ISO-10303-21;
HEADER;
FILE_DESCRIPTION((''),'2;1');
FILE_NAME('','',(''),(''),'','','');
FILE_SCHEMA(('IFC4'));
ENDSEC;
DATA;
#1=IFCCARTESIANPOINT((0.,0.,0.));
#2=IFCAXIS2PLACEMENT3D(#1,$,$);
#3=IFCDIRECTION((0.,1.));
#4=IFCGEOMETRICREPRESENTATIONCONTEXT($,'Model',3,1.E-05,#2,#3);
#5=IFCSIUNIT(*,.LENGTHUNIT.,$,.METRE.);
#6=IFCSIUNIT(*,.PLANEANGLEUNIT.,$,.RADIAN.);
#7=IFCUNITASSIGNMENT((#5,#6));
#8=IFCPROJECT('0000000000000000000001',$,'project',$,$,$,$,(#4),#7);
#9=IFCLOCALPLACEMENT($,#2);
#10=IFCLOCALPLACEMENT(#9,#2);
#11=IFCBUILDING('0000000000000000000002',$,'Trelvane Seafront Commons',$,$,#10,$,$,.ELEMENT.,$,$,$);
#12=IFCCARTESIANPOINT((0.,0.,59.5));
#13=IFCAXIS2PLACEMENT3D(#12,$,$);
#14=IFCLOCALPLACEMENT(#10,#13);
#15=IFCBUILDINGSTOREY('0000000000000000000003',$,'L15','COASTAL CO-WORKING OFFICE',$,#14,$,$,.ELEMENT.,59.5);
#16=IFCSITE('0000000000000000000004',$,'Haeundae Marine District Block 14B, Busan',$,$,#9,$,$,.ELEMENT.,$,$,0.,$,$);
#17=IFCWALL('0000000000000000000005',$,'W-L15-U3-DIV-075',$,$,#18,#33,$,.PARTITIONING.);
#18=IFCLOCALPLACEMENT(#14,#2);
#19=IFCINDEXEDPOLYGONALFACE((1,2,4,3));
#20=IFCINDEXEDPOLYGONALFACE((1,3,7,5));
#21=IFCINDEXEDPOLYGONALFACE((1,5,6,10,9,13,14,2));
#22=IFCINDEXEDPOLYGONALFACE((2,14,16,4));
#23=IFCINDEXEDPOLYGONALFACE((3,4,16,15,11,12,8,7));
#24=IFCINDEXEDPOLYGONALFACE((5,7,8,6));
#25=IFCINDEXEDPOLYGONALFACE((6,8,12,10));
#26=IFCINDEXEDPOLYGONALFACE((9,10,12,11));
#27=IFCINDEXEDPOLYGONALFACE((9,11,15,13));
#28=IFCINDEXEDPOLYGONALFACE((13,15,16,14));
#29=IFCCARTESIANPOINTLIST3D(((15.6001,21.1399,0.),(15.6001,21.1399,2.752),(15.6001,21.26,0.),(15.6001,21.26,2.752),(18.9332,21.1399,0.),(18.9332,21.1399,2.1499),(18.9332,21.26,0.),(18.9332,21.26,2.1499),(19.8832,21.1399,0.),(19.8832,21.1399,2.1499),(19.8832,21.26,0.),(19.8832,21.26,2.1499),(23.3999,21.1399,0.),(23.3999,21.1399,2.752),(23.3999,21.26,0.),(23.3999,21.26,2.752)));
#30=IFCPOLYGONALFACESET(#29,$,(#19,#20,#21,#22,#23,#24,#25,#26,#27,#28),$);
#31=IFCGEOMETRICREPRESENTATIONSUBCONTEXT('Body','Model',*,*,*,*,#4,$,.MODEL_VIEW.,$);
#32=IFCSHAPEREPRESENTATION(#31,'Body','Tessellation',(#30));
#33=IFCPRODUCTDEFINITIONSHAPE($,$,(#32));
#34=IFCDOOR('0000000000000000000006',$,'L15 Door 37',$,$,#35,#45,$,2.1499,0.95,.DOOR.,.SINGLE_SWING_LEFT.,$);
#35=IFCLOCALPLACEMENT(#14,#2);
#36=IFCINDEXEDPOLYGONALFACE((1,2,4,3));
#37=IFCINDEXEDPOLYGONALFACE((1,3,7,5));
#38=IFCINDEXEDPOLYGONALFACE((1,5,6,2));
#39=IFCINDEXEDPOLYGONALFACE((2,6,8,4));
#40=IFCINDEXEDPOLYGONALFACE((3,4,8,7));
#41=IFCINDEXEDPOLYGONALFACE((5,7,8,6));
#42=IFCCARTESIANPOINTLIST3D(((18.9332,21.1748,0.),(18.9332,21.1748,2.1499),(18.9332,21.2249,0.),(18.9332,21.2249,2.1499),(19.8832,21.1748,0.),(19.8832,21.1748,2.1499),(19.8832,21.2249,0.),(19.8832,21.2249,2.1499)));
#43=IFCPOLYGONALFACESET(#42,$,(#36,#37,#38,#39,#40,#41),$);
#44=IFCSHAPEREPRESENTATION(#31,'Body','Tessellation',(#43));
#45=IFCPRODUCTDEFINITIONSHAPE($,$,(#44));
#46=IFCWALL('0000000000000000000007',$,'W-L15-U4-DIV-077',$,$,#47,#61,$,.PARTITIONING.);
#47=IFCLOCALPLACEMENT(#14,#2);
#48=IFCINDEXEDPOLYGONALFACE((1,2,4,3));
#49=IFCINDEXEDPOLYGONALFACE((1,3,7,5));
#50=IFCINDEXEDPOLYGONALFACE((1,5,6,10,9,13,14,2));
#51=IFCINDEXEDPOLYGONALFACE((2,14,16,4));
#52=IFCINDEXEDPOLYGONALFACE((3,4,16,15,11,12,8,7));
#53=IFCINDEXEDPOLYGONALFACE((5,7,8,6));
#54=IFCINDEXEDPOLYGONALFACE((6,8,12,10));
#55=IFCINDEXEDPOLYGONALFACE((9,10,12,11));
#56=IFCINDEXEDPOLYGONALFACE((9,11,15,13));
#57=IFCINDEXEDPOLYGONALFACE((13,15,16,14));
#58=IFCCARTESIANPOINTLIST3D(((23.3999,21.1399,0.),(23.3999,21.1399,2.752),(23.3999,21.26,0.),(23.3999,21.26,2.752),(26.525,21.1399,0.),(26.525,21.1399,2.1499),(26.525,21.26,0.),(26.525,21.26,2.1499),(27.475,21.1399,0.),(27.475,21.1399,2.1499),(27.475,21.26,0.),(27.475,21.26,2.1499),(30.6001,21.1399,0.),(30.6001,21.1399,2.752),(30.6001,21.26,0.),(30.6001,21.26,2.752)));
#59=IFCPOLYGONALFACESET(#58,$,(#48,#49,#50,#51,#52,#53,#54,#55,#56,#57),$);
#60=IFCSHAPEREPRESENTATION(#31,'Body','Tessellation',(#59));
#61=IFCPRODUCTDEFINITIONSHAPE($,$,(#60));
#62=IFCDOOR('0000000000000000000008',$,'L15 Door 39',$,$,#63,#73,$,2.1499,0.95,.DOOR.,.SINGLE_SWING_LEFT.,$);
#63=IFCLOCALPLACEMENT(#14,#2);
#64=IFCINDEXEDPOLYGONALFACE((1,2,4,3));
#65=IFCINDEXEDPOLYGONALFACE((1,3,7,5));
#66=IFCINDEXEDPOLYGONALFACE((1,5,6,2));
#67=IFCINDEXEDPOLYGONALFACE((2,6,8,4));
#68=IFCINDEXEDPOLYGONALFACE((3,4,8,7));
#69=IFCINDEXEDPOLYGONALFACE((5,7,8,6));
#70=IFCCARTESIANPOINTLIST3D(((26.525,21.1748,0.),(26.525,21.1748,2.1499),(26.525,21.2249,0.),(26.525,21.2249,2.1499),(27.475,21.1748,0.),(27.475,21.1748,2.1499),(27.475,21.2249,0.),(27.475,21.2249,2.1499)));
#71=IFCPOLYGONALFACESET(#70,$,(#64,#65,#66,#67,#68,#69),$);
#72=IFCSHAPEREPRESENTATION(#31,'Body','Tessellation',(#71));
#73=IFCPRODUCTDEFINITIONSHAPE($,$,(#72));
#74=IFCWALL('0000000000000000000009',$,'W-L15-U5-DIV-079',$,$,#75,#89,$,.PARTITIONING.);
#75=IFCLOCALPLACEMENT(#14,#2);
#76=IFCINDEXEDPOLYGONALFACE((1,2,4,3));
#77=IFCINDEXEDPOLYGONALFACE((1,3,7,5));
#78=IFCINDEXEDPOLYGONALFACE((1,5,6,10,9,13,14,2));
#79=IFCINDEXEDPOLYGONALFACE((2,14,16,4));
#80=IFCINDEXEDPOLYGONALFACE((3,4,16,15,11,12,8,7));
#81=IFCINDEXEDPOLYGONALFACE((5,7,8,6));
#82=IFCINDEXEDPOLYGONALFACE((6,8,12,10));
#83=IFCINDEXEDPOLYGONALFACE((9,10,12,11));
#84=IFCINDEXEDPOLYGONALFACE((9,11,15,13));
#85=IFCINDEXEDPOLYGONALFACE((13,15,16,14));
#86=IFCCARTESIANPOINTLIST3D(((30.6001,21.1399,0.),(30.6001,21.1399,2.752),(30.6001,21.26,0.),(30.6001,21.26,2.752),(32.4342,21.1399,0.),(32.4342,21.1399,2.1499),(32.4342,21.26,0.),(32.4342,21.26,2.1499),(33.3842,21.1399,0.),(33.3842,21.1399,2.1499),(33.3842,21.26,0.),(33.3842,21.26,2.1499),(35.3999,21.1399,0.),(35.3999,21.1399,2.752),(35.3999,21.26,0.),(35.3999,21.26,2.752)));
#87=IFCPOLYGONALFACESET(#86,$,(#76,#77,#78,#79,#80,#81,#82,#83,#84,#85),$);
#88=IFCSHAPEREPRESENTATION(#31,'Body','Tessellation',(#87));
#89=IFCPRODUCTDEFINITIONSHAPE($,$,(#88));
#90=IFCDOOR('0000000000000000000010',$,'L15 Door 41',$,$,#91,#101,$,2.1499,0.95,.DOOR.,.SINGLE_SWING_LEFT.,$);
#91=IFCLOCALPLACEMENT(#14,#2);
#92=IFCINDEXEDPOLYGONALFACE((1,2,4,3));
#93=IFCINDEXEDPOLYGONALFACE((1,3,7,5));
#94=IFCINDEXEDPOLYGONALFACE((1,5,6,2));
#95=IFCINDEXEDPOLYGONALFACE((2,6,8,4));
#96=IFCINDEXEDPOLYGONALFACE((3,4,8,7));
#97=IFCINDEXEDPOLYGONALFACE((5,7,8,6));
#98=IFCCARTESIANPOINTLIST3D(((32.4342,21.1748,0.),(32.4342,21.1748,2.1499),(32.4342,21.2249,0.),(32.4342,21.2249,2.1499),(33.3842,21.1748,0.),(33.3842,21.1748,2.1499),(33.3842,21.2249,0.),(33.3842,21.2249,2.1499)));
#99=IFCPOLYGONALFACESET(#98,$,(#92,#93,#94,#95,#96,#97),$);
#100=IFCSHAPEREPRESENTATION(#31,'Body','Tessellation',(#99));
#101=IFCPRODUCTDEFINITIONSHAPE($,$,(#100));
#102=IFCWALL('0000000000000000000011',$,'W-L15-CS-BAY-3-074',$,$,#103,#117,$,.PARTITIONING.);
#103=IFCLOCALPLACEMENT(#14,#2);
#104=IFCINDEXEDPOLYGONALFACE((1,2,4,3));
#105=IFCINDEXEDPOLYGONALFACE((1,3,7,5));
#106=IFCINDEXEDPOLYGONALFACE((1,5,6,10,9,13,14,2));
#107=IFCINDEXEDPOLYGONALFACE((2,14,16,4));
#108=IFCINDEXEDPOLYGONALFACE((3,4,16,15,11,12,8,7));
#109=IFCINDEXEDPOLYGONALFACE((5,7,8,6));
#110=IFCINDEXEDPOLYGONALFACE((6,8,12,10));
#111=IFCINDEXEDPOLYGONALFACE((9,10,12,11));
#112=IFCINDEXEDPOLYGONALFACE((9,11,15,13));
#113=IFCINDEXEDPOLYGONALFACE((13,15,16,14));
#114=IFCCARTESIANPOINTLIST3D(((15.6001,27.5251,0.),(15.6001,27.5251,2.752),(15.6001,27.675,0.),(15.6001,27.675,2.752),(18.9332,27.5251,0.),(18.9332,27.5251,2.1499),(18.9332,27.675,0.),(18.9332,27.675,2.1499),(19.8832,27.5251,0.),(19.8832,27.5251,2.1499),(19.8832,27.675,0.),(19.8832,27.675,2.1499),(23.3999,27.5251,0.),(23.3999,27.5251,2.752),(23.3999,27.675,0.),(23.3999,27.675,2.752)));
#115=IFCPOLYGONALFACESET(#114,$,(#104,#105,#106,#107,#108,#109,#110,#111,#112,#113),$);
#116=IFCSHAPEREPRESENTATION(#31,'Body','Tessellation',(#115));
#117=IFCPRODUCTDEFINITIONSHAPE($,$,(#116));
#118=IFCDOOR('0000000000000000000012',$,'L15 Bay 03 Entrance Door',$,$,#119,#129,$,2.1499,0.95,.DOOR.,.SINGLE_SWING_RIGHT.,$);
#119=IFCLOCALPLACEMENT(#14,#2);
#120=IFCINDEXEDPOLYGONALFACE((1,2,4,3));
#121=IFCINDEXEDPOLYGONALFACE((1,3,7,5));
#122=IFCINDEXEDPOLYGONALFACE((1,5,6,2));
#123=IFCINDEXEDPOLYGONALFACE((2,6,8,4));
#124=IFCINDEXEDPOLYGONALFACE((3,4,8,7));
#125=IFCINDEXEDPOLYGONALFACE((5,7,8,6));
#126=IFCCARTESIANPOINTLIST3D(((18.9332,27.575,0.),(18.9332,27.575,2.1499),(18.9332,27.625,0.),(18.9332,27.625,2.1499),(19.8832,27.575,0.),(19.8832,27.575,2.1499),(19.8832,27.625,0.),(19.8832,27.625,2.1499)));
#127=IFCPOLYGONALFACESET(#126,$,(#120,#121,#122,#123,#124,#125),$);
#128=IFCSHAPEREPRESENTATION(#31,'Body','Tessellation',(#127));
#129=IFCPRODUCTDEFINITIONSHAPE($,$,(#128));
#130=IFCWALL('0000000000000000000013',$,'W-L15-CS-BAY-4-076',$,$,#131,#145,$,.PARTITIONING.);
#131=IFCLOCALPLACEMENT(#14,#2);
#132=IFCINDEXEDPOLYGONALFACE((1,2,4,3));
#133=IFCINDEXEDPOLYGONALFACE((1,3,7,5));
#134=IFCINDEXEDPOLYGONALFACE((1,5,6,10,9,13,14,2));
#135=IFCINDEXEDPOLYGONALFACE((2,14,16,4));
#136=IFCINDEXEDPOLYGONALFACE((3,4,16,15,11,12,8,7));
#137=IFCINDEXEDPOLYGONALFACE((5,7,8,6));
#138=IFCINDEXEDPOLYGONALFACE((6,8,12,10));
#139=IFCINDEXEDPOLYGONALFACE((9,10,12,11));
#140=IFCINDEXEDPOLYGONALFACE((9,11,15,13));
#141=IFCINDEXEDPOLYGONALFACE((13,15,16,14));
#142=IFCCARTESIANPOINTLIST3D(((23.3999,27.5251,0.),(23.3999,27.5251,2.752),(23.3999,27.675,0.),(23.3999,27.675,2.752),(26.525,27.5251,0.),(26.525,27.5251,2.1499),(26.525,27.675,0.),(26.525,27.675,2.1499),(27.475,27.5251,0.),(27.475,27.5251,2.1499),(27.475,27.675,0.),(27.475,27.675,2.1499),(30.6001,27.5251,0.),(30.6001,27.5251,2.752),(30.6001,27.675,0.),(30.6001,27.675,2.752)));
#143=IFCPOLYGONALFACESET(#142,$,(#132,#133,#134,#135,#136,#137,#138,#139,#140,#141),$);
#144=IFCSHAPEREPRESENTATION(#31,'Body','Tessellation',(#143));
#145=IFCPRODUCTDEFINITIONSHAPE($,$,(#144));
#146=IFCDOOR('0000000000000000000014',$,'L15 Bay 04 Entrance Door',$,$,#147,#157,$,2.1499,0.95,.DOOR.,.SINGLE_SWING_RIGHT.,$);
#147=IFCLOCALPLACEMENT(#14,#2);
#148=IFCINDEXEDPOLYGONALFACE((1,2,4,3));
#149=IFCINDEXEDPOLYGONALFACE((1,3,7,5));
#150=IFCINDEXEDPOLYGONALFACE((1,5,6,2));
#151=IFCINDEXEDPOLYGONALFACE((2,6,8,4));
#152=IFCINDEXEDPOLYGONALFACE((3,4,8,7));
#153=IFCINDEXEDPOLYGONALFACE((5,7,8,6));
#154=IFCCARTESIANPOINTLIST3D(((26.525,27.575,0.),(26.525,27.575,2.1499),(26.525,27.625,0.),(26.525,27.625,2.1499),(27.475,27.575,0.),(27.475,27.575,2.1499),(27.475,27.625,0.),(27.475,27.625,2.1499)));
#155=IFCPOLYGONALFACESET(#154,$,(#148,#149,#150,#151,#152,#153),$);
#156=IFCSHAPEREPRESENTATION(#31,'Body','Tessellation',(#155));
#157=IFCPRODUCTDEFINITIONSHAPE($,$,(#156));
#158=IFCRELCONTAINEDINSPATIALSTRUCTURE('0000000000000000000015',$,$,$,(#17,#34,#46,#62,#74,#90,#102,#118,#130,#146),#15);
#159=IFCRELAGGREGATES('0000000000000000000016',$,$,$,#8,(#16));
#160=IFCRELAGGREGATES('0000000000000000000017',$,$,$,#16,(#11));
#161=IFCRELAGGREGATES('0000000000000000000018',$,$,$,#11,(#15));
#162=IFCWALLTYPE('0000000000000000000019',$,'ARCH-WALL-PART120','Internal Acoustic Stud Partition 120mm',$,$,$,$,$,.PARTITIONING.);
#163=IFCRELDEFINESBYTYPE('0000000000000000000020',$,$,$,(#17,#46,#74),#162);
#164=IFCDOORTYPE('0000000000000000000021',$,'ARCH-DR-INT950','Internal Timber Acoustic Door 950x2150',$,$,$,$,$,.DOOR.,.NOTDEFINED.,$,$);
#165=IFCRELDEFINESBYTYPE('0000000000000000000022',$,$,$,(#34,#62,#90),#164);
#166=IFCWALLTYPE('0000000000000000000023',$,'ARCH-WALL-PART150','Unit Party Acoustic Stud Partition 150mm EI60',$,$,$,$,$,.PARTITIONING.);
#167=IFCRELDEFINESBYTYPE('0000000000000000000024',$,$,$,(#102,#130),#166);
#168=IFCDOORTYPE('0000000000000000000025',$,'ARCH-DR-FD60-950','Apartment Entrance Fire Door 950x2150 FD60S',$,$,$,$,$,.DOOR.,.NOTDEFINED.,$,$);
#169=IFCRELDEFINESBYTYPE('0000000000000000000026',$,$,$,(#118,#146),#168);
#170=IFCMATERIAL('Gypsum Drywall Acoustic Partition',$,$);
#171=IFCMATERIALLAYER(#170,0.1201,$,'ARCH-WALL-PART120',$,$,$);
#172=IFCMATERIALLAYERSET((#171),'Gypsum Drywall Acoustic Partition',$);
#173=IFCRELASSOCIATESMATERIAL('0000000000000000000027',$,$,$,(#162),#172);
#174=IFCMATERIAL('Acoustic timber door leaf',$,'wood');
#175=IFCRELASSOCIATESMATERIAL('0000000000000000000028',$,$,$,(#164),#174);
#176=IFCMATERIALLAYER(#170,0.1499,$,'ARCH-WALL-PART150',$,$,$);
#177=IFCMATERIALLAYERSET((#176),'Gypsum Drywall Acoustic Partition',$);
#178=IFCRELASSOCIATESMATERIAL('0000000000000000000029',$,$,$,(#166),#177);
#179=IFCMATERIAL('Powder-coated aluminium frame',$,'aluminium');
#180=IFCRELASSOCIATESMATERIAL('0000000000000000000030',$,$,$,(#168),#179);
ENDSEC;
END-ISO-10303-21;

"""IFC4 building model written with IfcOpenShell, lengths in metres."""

from ifc_helpers import new_model, si_unit, direction, frame, frame_2d, origin, place, context, subcontext, project, spatial, rectangle, extrude, source, transform, mapped, material, layer, layer_set, type_object, element, fill, save


model = new_model("IFC4")

# Units and contexts
model_context = context("Model", 3, precision=1e-05, world=origin(), true_north=direction((0.0, 1.0)))
body_context = subcontext(model_context, "Body", "Model", "MODEL_VIEW")
ifc_project = project(units=[si_unit("LENGTHUNIT", "METRE"), si_unit("PLANEANGLEUNIT", "RADIAN")], contexts=[model_context])

# Site, building, storey
site_placement = place(None, origin())
site = spatial("IfcSite", under=ifc_project, at=site_placement, Name="Haeundae Marine District Block 14B, Busan", CompositionType="ELEMENT", RefElevation=0.0)
building_placement = place(site_placement, origin())
building = spatial("IfcBuilding", under=site, at=building_placement, Name="Trelvane Seafront Commons", CompositionType="ELEMENT")
storey_placement = place(building_placement, frame((0.0, 0.0, 59.5)))
storey = spatial("IfcBuildingStorey", under=building, at=storey_placement, Name="L15", Description="COASTAL CO-WORKING OFFICE", CompositionType="ELEMENT", Elevation=59.5)

# Shared definitions
ifc_material_1 = material(Name="Gypsum Drywall Acoustic Partition")
ifc_layer_1 = layer(ifc_material_1, 0.1201, Name="ARCH-WALL-PART120")
ifc_layer_set_1 = layer_set([ifc_layer_1], Name="Gypsum Drywall Acoustic Partition")
wall_type_1 = type_object("IfcWallType", Name="ARCH-WALL-PART120", Description="Internal Acoustic Stud Partition 120mm", PredefinedType="PARTITIONING", material=ifc_layer_set_1)
ifc_material_2 = material(Name="Acoustic timber door leaf", Category="wood")
door_type_1 = type_object("IfcDoorType", Name="ARCH-DR-INT950", Description="Internal Timber Acoustic Door 950x2150", OperationType="NOTDEFINED", PredefinedType="DOOR", material=ifc_material_2)
shared_shape_1 = source(origin(), body_context, "Body", "SweptSolid", [
    extrude(rectangle(XDim=0.95, YDim=2.1499, at=frame_2d((0.4751, 1.075))), frame((0.0, 0.0249, 0.0), z_axis=(0.0, -1.0, 0.0), x_axis=(1.0, 0.0, 0.0)), (0.0, 0.0, 1.0), 0.05),
])

# Walls, openings, doors
wall_1_placement = place(storey_placement, frame((15.6001, 21.2, 0.0), z_axis=(0.0, 0.0, 1.0), x_axis=(1.0, 0.0, 0.0)))
wall_1 = element("IfcWall", 1, at=wall_1_placement, inside=storey, type_object=wall_type_1, Name="W-L15-U3-DIV-075", PredefinedType="PARTITIONING", context=body_context, shape_type="SweptSolid", body=[
    extrude(rectangle(XDim=7.7998, YDim=0.1201, at=frame_2d((3.8999, 0.0))), origin(), (0.0, 0.0, 1.0), 2.752),
])
opening_1_placement = place(wall_1_placement, frame((3.333, 0.0, 0.0)))
opening_1 = element("IfcOpeningElement", 2, at=opening_1_placement, cuts=wall_1, PredefinedType="OPENING", context=body_context, shape_type="SweptSolid", body=[
    extrude(rectangle(XDim=0.95, YDim=2.1499, at=frame_2d((0.4751, 1.075))), frame((0.0, 0.0701, 0.0), z_axis=(0.0, -1.0, 0.0), x_axis=(1.0, 0.0, 0.0)), (0.0, 0.0, 1.0), 0.1401),
])
door_1_placement = place(opening_1_placement, origin())
door_1 = element("IfcDoor", 3, at=door_1_placement, inside=storey, type_object=door_type_1, Name="L15 Door 37", OperationType="SINGLE_SWING_LEFT", OverallHeight=2.1499, OverallWidth=0.95, PredefinedType="DOOR", context=body_context, shape_type="MappedRepresentation", body=[
    mapped(shared_shape_1, transform((0.0, 0.0, 0.0), x_axis=(1.0, 0.0, 0.0), y_axis=(0.0, 1.0, 0.0), z_axis=(0.0, 0.0, 1.0), scale=1.0)),
])
fill(opening_1, door_1)
wall_2_placement = place(storey_placement, frame((23.3999, 21.2, 0.0), z_axis=(0.0, 0.0, 1.0), x_axis=(1.0, 0.0, 0.0)))
wall_2 = element("IfcWall", 4, at=wall_2_placement, inside=storey, type_object=wall_type_1, Name="W-L15-U4-DIV-077", PredefinedType="PARTITIONING", context=body_context, shape_type="SweptSolid", body=[
    extrude(rectangle(XDim=7.2002, YDim=0.1201, at=frame_2d((3.6001, 0.0))), origin(), (0.0, 0.0, 1.0), 2.752),
])
opening_2_placement = place(wall_2_placement, frame((3.125, 0.0, 0.0)))
opening_2 = element("IfcOpeningElement", 5, at=opening_2_placement, cuts=wall_2, PredefinedType="OPENING", context=body_context, shape_type="SweptSolid", body=[
    extrude(rectangle(XDim=0.95, YDim=2.1499, at=frame_2d((0.4751, 1.075))), frame((0.0, 0.0701, 0.0), z_axis=(0.0, -1.0, 0.0), x_axis=(1.0, 0.0, 0.0)), (0.0, 0.0, 1.0), 0.1401),
])
door_2_placement = place(opening_2_placement, origin())
door_2 = element("IfcDoor", 6, at=door_2_placement, inside=storey, type_object=door_type_1, Name="L15 Door 39", OperationType="SINGLE_SWING_LEFT", OverallHeight=2.1499, OverallWidth=0.95, PredefinedType="DOOR", context=body_context, shape_type="MappedRepresentation", body=[
    mapped(shared_shape_1, transform((0.0, 0.0, 0.0), x_axis=(1.0, 0.0, 0.0), y_axis=(0.0, 1.0, 0.0), z_axis=(0.0, 0.0, 1.0), scale=1.0)),
])
fill(opening_2, door_2)
wall_3_placement = place(storey_placement, frame((30.6001, 21.2, 0.0), z_axis=(0.0, 0.0, 1.0), x_axis=(1.0, 0.0, 0.0)))
wall_3 = element("IfcWall", 7, at=wall_3_placement, inside=storey, type_object=wall_type_1, Name="W-L15-U5-DIV-079", PredefinedType="PARTITIONING", context=body_context, shape_type="SweptSolid", body=[
    extrude(rectangle(XDim=4.7998, YDim=0.1201, at=frame_2d((2.3999, 0.0))), origin(), (0.0, 0.0, 1.0), 2.752),
])
opening_3_placement = place(wall_3_placement, frame((1.834, 0.0, 0.0)))
opening_3 = element("IfcOpeningElement", 8, at=opening_3_placement, cuts=wall_3, PredefinedType="OPENING", context=body_context, shape_type="SweptSolid", body=[
    extrude(rectangle(XDim=0.95, YDim=2.1499, at=frame_2d((0.4751, 1.075))), frame((0.0, 0.0701, 0.0), z_axis=(0.0, -1.0, 0.0), x_axis=(1.0, 0.0, 0.0)), (0.0, 0.0, 1.0), 0.1401),
])
door_3_placement = place(opening_3_placement, origin())
door_3 = element("IfcDoor", 9, at=door_3_placement, inside=storey, type_object=door_type_1, Name="L15 Door 41", OperationType="SINGLE_SWING_LEFT", OverallHeight=2.1499, OverallWidth=0.95, PredefinedType="DOOR", context=body_context, shape_type="MappedRepresentation", body=[
    mapped(shared_shape_1, transform((0.0, 0.0, 0.0), x_axis=(1.0, 0.0, 0.0), y_axis=(0.0, 1.0, 0.0), z_axis=(0.0, 0.0, 1.0), scale=1.0)),
])
fill(opening_3, door_3)
ifc_layer_2 = layer(ifc_material_1, 0.1499, Name="ARCH-WALL-PART150")
ifc_layer_set_2 = layer_set([ifc_layer_2], Name="Gypsum Drywall Acoustic Partition")
wall_type_2 = type_object("IfcWallType", Name="ARCH-WALL-PART150", Description="Unit Party Acoustic Stud Partition 150mm EI60", PredefinedType="PARTITIONING", material=ifc_layer_set_2)
wall_4_placement = place(storey_placement, frame((15.6001, 27.6001, 0.0), z_axis=(0.0, 0.0, 1.0), x_axis=(1.0, 0.0, 0.0)))
wall_4 = element("IfcWall", 10, at=wall_4_placement, inside=storey, type_object=wall_type_2, Name="W-L15-CS-BAY-3-074", PredefinedType="PARTITIONING", context=body_context, shape_type="SweptSolid", body=[
    extrude(rectangle(XDim=7.7998, YDim=0.1499, at=frame_2d((3.8999, 0.0))), origin(), (0.0, 0.0, 1.0), 2.752),
])
opening_4_placement = place(wall_4_placement, frame((3.333, 0.0, 0.0)))
opening_4 = element("IfcOpeningElement", 11, at=opening_4_placement, cuts=wall_4, PredefinedType="OPENING", context=body_context, shape_type="SweptSolid", body=[
    extrude(rectangle(XDim=0.95, YDim=2.1499, at=frame_2d((0.4751, 1.075))), frame((0.0, 0.085, 0.0), z_axis=(0.0, -1.0, 0.0), x_axis=(1.0, 0.0, 0.0)), (0.0, 0.0, 1.0), 0.1699),
])
ifc_material_3 = material(Name="Powder-coated aluminium frame", Category="aluminium")
door_type_2 = type_object("IfcDoorType", Name="ARCH-DR-FD60-950", Description="Apartment Entrance Fire Door 950x2150 FD60S", OperationType="NOTDEFINED", PredefinedType="DOOR", material=ifc_material_3)
door_4_placement = place(opening_4_placement, origin())
door_4 = element("IfcDoor", 12, at=door_4_placement, inside=storey, type_object=door_type_2, Name="L15 Bay 03 Entrance Door", OperationType="SINGLE_SWING_RIGHT", OverallHeight=2.1499, OverallWidth=0.95, PredefinedType="DOOR", context=body_context, shape_type="MappedRepresentation", body=[
    mapped(shared_shape_1, transform((0.0, 0.0, 0.0), x_axis=(1.0, 0.0, 0.0), y_axis=(0.0, 1.0, 0.0), z_axis=(0.0, 0.0, 1.0), scale=1.0)),
])
fill(opening_4, door_4)
wall_5_placement = place(storey_placement, frame((23.3999, 27.6001, 0.0), z_axis=(0.0, 0.0, 1.0), x_axis=(1.0, 0.0, 0.0)))
wall_5 = element("IfcWall", 13, at=wall_5_placement, inside=storey, type_object=wall_type_2, Name="W-L15-CS-BAY-4-076", PredefinedType="PARTITIONING", context=body_context, shape_type="SweptSolid", body=[
    extrude(rectangle(XDim=7.2002, YDim=0.1499, at=frame_2d((3.6001, 0.0))), origin(), (0.0, 0.0, 1.0), 2.752),
])
opening_5_placement = place(wall_5_placement, frame((3.125, 0.0, 0.0)))
opening_5 = element("IfcOpeningElement", 14, at=opening_5_placement, cuts=wall_5, PredefinedType="OPENING", context=body_context, shape_type="SweptSolid", body=[
    extrude(rectangle(XDim=0.95, YDim=2.1499, at=frame_2d((0.4751, 1.075))), frame((0.0, 0.085, 0.0), z_axis=(0.0, -1.0, 0.0), x_axis=(1.0, 0.0, 0.0)), (0.0, 0.0, 1.0), 0.1699),
])
door_5_placement = place(opening_5_placement, origin())
door_5 = element("IfcDoor", 15, at=door_5_placement, inside=storey, type_object=door_type_2, Name="L15 Bay 04 Entrance Door", OperationType="SINGLE_SWING_RIGHT", OverallHeight=2.1499, OverallWidth=0.95, PredefinedType="DOOR", context=body_context, shape_type="MappedRepresentation", body=[
    mapped(shared_shape_1, transform((0.0, 0.0, 0.0), x_axis=(1.0, 0.0, 0.0), y_axis=(0.0, 1.0, 0.0), z_axis=(0.0, 0.0, 1.0), scale=1.0)),
])
fill(opening_5, door_5)

save(model, "model.ifc")
